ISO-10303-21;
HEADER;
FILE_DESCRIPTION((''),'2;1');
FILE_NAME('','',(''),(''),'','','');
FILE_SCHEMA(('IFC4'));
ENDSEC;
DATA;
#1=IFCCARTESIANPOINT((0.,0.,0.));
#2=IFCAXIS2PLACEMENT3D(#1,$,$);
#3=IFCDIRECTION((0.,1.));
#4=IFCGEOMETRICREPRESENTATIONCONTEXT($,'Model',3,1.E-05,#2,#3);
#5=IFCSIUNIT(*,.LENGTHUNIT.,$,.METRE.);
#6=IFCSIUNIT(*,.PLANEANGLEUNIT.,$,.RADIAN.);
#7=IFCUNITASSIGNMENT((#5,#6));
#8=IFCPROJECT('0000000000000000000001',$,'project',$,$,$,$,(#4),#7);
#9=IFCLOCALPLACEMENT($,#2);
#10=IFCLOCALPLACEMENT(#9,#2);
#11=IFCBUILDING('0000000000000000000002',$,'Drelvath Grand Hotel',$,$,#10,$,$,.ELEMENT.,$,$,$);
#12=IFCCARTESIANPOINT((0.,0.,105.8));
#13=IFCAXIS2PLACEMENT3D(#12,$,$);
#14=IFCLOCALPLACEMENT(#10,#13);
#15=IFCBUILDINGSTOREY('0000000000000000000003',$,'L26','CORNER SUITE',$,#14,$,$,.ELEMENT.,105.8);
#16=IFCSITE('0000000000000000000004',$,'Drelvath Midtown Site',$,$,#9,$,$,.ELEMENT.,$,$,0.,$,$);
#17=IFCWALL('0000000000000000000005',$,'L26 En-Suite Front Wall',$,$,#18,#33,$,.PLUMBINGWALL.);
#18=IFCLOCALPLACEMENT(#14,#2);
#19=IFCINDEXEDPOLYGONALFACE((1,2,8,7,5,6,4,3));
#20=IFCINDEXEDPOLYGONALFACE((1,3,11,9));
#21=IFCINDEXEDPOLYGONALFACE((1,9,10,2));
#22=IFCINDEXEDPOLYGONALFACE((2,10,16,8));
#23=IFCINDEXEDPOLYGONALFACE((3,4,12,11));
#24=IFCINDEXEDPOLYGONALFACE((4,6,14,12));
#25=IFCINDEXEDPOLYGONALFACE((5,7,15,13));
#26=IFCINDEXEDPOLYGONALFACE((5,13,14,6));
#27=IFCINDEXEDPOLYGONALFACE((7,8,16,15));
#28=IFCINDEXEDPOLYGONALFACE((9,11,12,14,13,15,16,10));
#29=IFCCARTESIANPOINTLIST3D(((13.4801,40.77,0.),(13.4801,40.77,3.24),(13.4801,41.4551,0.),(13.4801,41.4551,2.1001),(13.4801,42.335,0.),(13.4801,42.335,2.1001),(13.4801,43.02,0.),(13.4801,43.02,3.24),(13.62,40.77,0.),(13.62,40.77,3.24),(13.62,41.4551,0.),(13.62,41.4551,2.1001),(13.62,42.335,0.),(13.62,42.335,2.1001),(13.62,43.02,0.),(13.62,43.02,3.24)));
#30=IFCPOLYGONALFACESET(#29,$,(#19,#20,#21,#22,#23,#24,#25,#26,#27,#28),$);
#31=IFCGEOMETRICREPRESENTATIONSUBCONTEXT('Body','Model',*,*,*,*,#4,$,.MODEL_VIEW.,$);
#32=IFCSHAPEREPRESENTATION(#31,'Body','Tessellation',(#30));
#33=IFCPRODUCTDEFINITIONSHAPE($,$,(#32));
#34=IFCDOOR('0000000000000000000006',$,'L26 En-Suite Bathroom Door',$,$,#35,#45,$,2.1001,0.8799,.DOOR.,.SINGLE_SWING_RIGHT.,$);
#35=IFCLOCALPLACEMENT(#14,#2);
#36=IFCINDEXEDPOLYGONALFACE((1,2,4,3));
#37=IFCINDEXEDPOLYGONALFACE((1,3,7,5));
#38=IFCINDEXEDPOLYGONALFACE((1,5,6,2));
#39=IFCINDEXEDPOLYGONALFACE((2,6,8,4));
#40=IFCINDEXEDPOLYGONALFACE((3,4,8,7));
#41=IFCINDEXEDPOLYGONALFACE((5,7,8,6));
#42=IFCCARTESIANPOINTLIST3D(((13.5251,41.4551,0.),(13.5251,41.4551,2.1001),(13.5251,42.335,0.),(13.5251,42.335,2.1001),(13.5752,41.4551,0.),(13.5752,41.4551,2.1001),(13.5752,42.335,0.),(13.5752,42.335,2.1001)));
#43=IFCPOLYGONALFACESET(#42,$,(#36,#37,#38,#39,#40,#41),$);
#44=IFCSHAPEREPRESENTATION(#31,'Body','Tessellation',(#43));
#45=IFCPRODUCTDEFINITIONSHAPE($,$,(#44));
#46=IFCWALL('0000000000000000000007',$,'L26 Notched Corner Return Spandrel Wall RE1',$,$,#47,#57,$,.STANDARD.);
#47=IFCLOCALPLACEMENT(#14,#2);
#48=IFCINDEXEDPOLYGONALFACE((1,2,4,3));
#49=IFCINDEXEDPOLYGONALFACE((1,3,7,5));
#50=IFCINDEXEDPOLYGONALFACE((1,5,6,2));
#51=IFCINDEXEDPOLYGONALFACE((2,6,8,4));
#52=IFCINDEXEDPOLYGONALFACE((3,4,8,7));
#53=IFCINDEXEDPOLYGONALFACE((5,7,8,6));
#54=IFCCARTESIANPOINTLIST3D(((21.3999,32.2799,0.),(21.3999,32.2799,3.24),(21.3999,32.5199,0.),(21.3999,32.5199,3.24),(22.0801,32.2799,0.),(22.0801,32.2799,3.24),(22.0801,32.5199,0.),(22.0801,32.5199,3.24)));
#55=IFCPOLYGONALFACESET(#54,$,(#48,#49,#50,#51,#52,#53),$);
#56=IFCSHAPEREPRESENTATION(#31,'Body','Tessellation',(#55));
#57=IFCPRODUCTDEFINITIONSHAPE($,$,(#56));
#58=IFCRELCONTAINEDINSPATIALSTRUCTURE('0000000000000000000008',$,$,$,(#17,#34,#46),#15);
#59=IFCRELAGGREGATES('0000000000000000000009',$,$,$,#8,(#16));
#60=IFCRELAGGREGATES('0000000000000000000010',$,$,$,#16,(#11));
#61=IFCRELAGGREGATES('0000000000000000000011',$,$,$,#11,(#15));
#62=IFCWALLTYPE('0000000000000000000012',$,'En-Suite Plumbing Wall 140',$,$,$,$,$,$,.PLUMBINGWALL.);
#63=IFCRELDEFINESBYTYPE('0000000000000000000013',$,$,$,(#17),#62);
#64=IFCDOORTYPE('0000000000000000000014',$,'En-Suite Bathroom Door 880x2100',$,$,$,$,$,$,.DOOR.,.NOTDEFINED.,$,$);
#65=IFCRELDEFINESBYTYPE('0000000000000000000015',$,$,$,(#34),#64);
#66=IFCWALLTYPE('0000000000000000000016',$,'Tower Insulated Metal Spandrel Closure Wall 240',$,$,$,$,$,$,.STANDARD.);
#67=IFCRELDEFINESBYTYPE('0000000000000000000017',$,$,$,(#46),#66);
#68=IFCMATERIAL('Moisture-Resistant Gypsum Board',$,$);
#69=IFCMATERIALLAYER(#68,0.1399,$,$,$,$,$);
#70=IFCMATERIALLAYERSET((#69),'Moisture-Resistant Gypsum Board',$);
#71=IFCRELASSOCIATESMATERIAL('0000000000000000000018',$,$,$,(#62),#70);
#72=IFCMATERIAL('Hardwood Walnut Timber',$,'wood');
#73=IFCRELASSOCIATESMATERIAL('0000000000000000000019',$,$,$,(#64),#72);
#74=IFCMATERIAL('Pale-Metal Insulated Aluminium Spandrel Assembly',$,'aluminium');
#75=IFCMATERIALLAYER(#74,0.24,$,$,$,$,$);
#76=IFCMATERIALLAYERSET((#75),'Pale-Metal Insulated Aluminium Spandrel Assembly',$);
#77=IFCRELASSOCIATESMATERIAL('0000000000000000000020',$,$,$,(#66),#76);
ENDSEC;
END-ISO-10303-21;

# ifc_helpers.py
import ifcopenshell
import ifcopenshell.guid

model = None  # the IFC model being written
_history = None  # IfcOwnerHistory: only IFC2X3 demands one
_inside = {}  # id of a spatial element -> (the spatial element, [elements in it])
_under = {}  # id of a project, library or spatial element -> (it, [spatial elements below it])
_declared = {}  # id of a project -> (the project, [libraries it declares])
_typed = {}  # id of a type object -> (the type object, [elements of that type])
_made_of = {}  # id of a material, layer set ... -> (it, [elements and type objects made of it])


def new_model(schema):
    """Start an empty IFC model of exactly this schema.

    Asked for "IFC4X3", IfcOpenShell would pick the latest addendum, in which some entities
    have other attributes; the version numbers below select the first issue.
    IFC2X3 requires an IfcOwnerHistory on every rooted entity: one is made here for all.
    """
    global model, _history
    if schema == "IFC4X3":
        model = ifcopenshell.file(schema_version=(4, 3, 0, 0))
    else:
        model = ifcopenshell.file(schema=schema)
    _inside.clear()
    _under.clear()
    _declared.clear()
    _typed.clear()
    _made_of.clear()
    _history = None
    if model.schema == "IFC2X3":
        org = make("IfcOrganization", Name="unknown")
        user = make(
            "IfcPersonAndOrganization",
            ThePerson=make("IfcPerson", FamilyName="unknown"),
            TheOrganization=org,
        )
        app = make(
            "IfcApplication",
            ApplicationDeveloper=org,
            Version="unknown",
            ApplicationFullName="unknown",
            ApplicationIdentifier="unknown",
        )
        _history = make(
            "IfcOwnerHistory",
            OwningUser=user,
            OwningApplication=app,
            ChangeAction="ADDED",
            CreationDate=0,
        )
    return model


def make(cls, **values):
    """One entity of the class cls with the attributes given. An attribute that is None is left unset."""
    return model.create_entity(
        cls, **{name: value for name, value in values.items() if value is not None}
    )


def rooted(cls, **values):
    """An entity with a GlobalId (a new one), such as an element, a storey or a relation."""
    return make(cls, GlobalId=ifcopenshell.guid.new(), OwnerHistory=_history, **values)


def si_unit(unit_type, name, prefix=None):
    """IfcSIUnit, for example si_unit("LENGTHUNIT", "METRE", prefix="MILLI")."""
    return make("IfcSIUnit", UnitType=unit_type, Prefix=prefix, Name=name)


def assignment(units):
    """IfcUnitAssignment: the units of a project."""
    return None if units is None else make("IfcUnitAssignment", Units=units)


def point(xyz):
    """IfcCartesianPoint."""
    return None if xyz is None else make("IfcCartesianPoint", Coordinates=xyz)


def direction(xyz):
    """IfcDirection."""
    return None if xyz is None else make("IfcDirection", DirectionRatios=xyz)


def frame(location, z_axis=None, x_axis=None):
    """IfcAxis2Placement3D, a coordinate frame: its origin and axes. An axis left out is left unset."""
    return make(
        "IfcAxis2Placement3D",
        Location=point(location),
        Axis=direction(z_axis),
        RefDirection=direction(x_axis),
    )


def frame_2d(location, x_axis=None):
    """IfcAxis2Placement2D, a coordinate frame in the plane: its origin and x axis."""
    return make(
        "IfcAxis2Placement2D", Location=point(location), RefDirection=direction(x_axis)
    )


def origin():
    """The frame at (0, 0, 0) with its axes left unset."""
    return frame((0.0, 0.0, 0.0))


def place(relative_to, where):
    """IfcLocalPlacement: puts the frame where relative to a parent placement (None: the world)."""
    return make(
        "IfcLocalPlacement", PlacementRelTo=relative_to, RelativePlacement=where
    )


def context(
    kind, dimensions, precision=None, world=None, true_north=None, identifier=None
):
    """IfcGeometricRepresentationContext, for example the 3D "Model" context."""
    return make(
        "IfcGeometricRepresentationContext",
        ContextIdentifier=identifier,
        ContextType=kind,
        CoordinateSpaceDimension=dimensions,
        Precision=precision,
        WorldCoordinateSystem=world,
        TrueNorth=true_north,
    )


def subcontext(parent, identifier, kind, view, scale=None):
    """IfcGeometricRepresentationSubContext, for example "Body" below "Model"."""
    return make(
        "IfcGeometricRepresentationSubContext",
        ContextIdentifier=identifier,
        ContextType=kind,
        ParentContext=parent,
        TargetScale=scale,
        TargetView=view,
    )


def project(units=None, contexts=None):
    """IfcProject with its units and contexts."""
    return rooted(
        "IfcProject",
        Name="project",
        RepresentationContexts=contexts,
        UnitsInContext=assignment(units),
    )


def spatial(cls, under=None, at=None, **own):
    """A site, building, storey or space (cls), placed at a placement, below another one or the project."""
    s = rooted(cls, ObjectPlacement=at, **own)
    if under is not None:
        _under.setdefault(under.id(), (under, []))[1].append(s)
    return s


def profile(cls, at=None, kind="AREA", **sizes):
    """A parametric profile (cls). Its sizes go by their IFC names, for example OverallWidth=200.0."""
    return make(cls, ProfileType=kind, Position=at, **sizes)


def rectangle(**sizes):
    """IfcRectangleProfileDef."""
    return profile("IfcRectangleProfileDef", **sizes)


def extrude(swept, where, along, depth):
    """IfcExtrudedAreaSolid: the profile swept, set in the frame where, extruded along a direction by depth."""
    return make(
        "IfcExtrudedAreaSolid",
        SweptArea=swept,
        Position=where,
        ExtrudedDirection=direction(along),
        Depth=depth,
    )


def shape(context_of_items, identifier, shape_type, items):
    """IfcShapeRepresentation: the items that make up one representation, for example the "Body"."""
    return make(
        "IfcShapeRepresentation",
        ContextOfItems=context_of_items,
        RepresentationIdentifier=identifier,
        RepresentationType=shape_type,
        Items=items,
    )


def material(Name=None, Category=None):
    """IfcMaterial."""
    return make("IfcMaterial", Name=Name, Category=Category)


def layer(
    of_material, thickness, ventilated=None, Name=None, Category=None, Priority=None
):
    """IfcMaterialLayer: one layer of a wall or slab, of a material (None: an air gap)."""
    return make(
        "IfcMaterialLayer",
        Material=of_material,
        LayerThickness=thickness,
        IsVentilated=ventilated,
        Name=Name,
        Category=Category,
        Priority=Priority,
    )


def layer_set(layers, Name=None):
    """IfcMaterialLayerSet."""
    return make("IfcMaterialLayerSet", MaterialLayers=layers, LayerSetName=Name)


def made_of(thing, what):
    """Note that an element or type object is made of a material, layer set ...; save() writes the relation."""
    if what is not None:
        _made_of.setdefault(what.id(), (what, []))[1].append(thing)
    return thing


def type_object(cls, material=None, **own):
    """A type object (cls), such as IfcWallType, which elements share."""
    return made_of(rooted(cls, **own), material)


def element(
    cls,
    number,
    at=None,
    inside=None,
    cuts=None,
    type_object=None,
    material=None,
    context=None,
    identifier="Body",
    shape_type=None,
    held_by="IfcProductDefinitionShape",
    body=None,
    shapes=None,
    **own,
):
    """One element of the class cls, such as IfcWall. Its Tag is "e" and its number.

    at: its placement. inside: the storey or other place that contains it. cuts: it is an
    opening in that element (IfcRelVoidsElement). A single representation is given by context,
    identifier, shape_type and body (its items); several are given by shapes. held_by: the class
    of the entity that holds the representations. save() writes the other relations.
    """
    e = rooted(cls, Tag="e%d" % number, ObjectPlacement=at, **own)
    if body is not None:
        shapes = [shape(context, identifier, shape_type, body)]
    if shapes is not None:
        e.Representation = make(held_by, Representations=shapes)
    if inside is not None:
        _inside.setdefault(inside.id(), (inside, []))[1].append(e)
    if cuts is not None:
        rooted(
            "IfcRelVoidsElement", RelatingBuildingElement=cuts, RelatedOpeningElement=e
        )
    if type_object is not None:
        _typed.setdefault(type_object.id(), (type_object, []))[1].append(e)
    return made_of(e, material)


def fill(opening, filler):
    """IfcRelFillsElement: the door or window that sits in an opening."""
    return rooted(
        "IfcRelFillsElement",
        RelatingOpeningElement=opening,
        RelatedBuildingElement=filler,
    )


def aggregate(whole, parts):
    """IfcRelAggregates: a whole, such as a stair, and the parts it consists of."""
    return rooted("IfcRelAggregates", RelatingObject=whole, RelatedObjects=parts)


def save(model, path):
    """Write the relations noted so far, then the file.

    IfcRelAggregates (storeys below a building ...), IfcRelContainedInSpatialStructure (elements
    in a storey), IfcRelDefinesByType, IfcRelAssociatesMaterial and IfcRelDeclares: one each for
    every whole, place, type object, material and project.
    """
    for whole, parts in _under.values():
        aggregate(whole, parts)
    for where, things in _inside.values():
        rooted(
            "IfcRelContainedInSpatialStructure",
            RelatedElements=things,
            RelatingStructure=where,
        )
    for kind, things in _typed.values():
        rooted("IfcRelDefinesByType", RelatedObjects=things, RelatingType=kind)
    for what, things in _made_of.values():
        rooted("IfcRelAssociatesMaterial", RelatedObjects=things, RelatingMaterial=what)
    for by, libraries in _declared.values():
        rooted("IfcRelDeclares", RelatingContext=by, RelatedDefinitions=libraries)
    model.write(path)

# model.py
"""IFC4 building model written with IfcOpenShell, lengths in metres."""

from ifc_helpers import new_model, si_unit, direction, frame, frame_2d, origin, place, context, subcontext, project, spatial, rectangle, extrude, material, layer, layer_set, type_object, element, fill, save


model = new_model("IFC4")

# Units and contexts
model_context = context("Model", 3, precision=1e-05, world=origin(), true_north=direction((0.0, 1.0)))
body_context = subcontext(model_context, "Body", "Model", "MODEL_VIEW")
ifc_project = project(units=[si_unit("LENGTHUNIT", "METRE"), si_unit("PLANEANGLEUNIT", "RADIAN")], contexts=[model_context])

# Site, building, storey
site_placement = place(None, origin())
site = spatial("IfcSite", under=ifc_project, at=site_placement, Name="Drelvath Midtown Site", CompositionType="ELEMENT", RefElevation=0.0)
building_placement = place(site_placement, origin())
building = spatial("IfcBuilding", under=site, at=building_placement, Name="Drelvath Grand Hotel", CompositionType="ELEMENT")
storey_placement = place(building_placement, frame((0.0, 0.0, 105.8)))
storey = spatial("IfcBuildingStorey", under=building, at=storey_placement, Name="L26", Description="CORNER SUITE", CompositionType="ELEMENT", Elevation=105.8)

# Shared definitions
ifc_material_1 = material(Name="Moisture-Resistant Gypsum Board")
ifc_layer_1 = layer(ifc_material_1, 0.1399)
ifc_layer_set_1 = layer_set([ifc_layer_1], Name="Moisture-Resistant Gypsum Board")
wall_type_1 = type_object("IfcWallType", Name="En-Suite Plumbing Wall 140", PredefinedType="PLUMBINGWALL", material=ifc_layer_set_1)
ifc_material_2 = material(Name="Hardwood Walnut Timber", Category="wood")
door_type = type_object("IfcDoorType", Name="En-Suite Bathroom Door 880x2100", OperationType="NOTDEFINED", PredefinedType="DOOR", material=ifc_material_2)

# Wall, opening, door
wall_1_placement = place(storey_placement, frame((13.55, 40.77, 0.0), z_axis=(0.0, 0.0, 1.0), x_axis=(0.0, 1.0, 0.0)))
wall_1 = element("IfcWall", 1, at=wall_1_placement, inside=storey, type_object=wall_type_1, Name="L26 En-Suite Front Wall", PredefinedType="PLUMBINGWALL", context=body_context, shape_type="SweptSolid", body=[
    extrude(rectangle(XDim=2.25, YDim=0.1399, at=frame_2d((1.125, 0.0))), origin(), (0.0, 0.0, 1.0), 3.24),
])
opening_1_placement = place(wall_1_placement, frame((0.6851, 0.0, 0.0)))
opening_1 = element("IfcOpeningElement", 2, at=opening_1_placement, cuts=wall_1, PredefinedType="OPENING", context=body_context, shape_type="SweptSolid", body=[
    extrude(rectangle(XDim=0.8799, YDim=2.1001, at=frame_2d((0.4399, 1.05))), frame((0.0, 0.0798, 0.0), z_axis=(0.0, -1.0, 0.0), x_axis=(1.0, 0.0, 0.0)), (0.0, 0.0, 1.0), 0.1599),
])
door_1_placement = place(opening_1_placement, origin())
door_1 = element("IfcDoor", 3, at=door_1_placement, inside=storey, type_object=door_type, Name="L26 En-Suite Bathroom Door", OperationType="SINGLE_SWING_RIGHT", OverallHeight=2.1001, OverallWidth=0.8799, PredefinedType="DOOR", context=body_context, shape_type="SweptSolid", body=[
    extrude(rectangle(XDim=0.8799, YDim=2.1001, at=frame_2d((0.4399, 1.05))), frame((0.0, 0.0249, 0.0), z_axis=(0.0, -1.0, 0.0), x_axis=(1.0, 0.0, 0.0)), (0.0, 0.0, 1.0), 0.05),
])
fill(opening_1, door_1)

# Wall
ifc_material_3 = material(Name="Pale-Metal Insulated Aluminium Spandrel Assembly", Category="aluminium")
ifc_layer_2 = layer(ifc_material_3, 0.24)
ifc_layer_set_2 = layer_set([ifc_layer_2], Name="Pale-Metal Insulated Aluminium Spandrel Assembly")
wall_type_2 = type_object("IfcWallType", Name="Tower Insulated Metal Spandrel Closure Wall 240", PredefinedType="STANDARD", material=ifc_layer_set_2)
wall_2_placement = place(storey_placement, frame((22.0801, 32.3999, 0.0), z_axis=(0.0, 0.0, 1.0), x_axis=(-1.0, 0.0, 0.0)))
element("IfcWall", 4, at=wall_2_placement, inside=storey, type_object=wall_type_2, Name="L26 Notched Corner Return Spandrel Wall RE1", PredefinedType="STANDARD", context=body_context, shape_type="SweptSolid", body=[
    extrude(rectangle(XDim=0.6802, YDim=0.24, at=frame_2d((0.3401, 0.0))), origin(), (0.0, 0.0, 1.0), 3.24),
])

save(model, "model.ifc")
